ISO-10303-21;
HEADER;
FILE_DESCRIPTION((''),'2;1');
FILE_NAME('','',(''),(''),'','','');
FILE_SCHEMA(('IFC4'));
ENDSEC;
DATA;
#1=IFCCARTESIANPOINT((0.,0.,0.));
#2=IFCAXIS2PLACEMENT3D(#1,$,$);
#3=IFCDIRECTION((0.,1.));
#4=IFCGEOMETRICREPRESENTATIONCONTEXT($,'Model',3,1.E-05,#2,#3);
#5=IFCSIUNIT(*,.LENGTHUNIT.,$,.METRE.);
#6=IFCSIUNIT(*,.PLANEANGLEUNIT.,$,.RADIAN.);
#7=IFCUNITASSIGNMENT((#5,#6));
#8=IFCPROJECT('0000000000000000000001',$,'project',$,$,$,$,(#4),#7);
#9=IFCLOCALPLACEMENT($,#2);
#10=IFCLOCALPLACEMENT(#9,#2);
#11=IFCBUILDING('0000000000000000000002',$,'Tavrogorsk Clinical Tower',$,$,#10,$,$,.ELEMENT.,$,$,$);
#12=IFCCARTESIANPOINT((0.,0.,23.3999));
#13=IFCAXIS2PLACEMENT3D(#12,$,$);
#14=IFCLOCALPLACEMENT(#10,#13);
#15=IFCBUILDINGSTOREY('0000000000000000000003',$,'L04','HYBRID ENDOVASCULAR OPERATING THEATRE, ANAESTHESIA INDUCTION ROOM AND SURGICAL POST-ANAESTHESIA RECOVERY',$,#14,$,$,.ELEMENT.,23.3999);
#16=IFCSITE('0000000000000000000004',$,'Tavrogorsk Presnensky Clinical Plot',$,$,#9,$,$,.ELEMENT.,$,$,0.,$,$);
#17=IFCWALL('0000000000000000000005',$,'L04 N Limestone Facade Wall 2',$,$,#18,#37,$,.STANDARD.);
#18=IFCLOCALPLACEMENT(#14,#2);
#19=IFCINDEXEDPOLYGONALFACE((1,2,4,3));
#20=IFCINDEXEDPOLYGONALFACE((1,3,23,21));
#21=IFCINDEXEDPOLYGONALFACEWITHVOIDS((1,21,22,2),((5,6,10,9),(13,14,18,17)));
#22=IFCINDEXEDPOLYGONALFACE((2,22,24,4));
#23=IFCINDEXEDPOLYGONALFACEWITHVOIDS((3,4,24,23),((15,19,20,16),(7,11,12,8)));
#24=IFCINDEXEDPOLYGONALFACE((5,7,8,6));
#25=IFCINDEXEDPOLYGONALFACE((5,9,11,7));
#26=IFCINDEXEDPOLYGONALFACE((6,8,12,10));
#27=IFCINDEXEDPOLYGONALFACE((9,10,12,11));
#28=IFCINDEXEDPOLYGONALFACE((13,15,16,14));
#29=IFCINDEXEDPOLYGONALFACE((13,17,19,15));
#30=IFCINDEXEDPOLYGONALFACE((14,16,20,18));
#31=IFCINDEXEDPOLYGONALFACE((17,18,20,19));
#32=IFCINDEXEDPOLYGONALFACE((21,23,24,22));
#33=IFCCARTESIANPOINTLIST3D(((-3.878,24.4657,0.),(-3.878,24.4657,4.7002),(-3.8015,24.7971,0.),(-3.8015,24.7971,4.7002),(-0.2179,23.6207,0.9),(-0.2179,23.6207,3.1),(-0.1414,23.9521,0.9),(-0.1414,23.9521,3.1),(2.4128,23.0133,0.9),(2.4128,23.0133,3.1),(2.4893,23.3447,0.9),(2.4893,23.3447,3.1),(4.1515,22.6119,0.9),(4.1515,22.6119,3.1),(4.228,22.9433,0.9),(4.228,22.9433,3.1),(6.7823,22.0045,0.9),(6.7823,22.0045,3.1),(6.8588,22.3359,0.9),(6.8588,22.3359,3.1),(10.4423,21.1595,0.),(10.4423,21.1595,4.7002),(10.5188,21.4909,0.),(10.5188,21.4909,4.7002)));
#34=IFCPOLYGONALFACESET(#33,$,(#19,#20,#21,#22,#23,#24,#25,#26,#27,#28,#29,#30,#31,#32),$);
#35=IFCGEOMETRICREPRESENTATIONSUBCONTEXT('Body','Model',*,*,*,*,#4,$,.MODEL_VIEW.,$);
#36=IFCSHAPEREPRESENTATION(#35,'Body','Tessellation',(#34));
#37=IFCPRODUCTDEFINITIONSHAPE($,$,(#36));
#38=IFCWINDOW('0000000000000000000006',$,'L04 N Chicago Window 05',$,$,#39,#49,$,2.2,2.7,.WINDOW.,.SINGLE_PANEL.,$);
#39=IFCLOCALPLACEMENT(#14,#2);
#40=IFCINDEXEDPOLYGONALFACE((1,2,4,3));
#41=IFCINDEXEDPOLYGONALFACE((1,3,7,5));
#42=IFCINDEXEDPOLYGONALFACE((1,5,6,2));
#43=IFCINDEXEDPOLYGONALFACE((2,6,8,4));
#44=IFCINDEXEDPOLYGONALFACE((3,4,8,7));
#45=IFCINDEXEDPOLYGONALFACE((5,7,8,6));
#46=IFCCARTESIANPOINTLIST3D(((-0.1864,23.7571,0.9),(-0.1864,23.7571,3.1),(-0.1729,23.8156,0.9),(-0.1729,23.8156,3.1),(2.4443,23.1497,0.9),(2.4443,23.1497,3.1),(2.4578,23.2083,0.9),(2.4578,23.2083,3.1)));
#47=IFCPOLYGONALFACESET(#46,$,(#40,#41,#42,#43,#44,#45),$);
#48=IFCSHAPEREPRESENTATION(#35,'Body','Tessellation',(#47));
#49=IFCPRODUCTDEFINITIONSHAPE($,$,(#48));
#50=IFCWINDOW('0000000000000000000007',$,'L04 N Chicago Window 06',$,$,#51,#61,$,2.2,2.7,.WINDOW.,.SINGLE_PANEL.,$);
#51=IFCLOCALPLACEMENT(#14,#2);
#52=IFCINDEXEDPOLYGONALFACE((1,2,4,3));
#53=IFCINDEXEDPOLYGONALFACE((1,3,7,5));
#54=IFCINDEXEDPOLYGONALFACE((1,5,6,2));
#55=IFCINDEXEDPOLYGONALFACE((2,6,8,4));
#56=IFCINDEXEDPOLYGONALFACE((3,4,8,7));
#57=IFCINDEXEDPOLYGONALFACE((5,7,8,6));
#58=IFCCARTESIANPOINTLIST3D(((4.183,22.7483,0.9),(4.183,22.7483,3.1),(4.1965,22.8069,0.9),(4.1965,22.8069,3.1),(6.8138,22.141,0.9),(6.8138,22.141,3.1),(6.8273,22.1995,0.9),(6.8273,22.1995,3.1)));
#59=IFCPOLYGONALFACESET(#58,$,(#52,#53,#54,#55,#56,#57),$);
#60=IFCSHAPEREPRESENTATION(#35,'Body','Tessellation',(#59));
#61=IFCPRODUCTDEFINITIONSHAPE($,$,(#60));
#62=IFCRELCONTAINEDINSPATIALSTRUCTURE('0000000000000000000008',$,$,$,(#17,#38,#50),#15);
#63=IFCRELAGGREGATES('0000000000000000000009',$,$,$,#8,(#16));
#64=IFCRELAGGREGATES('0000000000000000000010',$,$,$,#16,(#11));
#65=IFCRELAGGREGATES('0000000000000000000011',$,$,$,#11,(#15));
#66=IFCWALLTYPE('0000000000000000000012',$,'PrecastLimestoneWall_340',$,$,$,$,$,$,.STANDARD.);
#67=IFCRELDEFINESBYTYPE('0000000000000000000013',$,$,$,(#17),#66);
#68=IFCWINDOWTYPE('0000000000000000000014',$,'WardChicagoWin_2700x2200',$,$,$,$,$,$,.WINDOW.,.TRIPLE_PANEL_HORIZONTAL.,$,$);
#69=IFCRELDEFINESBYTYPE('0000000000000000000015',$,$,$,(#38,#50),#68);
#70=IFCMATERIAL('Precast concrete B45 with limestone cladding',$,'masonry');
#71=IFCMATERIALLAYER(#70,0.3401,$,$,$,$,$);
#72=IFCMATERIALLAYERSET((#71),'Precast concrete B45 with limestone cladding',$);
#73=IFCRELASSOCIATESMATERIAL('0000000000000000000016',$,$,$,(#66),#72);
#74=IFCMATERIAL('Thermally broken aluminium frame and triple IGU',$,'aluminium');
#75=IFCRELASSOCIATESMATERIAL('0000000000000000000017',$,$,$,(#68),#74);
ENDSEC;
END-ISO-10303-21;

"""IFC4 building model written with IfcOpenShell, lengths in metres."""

from ifc_helpers import new_model, si_unit, direction, frame, frame_2d, origin, place, context, subcontext, project, spatial, rectangle, extrude, material, layer, layer_set, type_object, element, fill, save


model = new_model("IFC4")

# Units and contexts
model_context = context("Model", 3, precision=1e-05, world=origin(), true_north=direction((0.0, 1.0)))
body_context = subcontext(model_context, "Body", "Model", "MODEL_VIEW")
ifc_project = project(units=[si_unit("LENGTHUNIT", "METRE"), si_unit("PLANEANGLEUNIT", "RADIAN")], contexts=[model_context])

# Site, building, storey
site_placement = place(None, origin())
site = spatial("IfcSite", under=ifc_project, at=site_placement, Name="Tavrogorsk Presnensky Clinical Plot", CompositionType="ELEMENT", RefElevation=0.0)
building_placement = place(site_placement, origin())
building = spatial("IfcBuilding", under=site, at=building_placement, Name="Tavrogorsk Clinical Tower", CompositionType="ELEMENT")
storey_placement = place(building_placement, frame((0.0, 0.0, 23.3999)))
storey = spatial("IfcBuildingStorey", under=building, at=storey_placement, Name="L04", Description="HYBRID ENDOVASCULAR OPERATING THEATRE, ANAESTHESIA INDUCTION ROOM AND SURGICAL POST-ANAESTHESIA RECOVERY", CompositionType="ELEMENT", Elevation=23.3999)

# Wall, openings, windows
ifc_material_1 = material(Name="Precast concrete B45 with limestone cladding", Category="masonry")
ifc_layer_1 = layer(ifc_material_1, 0.3401)
ifc_layer_set_1 = layer_set([ifc_layer_1], Name="Precast concrete B45 with limestone cladding")
wall_type_1 = type_object("IfcWallType", Name="PrecastLimestoneWall_340", PredefinedType="STANDARD", material=ifc_layer_set_1)
wall_1_placement = place(storey_placement, frame((10.4807, 21.3252, 0.0), z_axis=(0.0, 0.0, 1.0), x_axis=(-0.974369, 0.224954, 0.0)))
wall_1 = element("IfcWall", 1, at=wall_1_placement, inside=storey, type_object=wall_type_1, Name="L04 N Limestone Facade Wall 2", PredefinedType="STANDARD", context=body_context, shape_type="SweptSolid", body=[
    extrude(rectangle(XDim=14.697, YDim=0.3401, at=frame_2d((7.3486, 0.0))), origin(), (0.0, 0.0, 1.0), 4.7002),
])
opening_1_placement = place(wall_1_placement, frame((8.2407, 0.0, 0.8999)))
opening_1 = element("IfcOpeningElement", 2, at=opening_1_placement, cuts=wall_1, PredefinedType="OPENING", context=body_context, shape_type="SweptSolid", body=[
    extrude(rectangle(XDim=2.7, YDim=2.2, at=frame_2d((1.3501, 1.1001))), frame((0.0, 0.1799, 0.0), z_axis=(0.0, -1.0, 0.0), x_axis=(1.0, 0.0, 0.0)), (0.0, 0.0, 1.0), 0.3601),
])
opening_2_placement = place(wall_1_placement, frame((3.7563, 0.0, 0.8999)))
opening_2 = element("IfcOpeningElement", 3, at=opening_2_placement, cuts=wall_1, PredefinedType="OPENING", context=body_context, shape_type="SweptSolid", body=[
    extrude(rectangle(XDim=2.7, YDim=2.2, at=frame_2d((1.3501, 1.1001))), frame((0.0, 0.1799, 0.0), z_axis=(0.0, -1.0, 0.0), x_axis=(1.0, 0.0, 0.0)), (0.0, 0.0, 1.0), 0.3601),
])
ifc_material_2 = material(Name="Thermally broken aluminium frame and triple IGU", Category="aluminium")
window_type = type_object("IfcWindowType", Name="WardChicagoWin_2700x2200", PartitioningType="TRIPLE_PANEL_HORIZONTAL", PredefinedType="WINDOW", material=ifc_material_2)
window_1_placement = place(opening_1_placement, origin())
window_1 = element("IfcWindow", 4, at=window_1_placement, inside=storey, type_object=window_type, Name="L04 N Chicago Window 05", OverallHeight=2.2, OverallWidth=2.7, PartitioningType="SINGLE_PANEL", PredefinedType="WINDOW", context=body_context, shape_type="SweptSolid", body=[
    extrude(rectangle(XDim=2.7, YDim=2.2, at=frame_2d((1.3501, 1.1001))), frame((0.0, 0.03, 0.0), z_axis=(0.0, -1.0, 0.0), x_axis=(1.0, 0.0, 0.0)), (0.0, 0.0, 1.0), 0.0601),
])
fill(opening_1, window_1)
window_2_placement = place(opening_2_placement, origin())
window_2 = element("IfcWindow", 5, at=window_2_placement, inside=storey, type_object=window_type, Name="L04 N Chicago Window 06", OverallHeight=2.2, OverallWidth=2.7, PartitioningType="SINGLE_PANEL", PredefinedType="WINDOW", context=body_context, shape_type="SweptSolid", body=[
    extrude(rectangle(XDim=2.7, YDim=2.2, at=frame_2d((1.3501, 1.1001))), frame((0.0, 0.03, 0.0), z_axis=(0.0, -1.0, 0.0), x_axis=(1.0, 0.0, 0.0)), (0.0, 0.0, 1.0), 0.0601),
])
fill(opening_2, window_2)

save(model, "model.ifc")
